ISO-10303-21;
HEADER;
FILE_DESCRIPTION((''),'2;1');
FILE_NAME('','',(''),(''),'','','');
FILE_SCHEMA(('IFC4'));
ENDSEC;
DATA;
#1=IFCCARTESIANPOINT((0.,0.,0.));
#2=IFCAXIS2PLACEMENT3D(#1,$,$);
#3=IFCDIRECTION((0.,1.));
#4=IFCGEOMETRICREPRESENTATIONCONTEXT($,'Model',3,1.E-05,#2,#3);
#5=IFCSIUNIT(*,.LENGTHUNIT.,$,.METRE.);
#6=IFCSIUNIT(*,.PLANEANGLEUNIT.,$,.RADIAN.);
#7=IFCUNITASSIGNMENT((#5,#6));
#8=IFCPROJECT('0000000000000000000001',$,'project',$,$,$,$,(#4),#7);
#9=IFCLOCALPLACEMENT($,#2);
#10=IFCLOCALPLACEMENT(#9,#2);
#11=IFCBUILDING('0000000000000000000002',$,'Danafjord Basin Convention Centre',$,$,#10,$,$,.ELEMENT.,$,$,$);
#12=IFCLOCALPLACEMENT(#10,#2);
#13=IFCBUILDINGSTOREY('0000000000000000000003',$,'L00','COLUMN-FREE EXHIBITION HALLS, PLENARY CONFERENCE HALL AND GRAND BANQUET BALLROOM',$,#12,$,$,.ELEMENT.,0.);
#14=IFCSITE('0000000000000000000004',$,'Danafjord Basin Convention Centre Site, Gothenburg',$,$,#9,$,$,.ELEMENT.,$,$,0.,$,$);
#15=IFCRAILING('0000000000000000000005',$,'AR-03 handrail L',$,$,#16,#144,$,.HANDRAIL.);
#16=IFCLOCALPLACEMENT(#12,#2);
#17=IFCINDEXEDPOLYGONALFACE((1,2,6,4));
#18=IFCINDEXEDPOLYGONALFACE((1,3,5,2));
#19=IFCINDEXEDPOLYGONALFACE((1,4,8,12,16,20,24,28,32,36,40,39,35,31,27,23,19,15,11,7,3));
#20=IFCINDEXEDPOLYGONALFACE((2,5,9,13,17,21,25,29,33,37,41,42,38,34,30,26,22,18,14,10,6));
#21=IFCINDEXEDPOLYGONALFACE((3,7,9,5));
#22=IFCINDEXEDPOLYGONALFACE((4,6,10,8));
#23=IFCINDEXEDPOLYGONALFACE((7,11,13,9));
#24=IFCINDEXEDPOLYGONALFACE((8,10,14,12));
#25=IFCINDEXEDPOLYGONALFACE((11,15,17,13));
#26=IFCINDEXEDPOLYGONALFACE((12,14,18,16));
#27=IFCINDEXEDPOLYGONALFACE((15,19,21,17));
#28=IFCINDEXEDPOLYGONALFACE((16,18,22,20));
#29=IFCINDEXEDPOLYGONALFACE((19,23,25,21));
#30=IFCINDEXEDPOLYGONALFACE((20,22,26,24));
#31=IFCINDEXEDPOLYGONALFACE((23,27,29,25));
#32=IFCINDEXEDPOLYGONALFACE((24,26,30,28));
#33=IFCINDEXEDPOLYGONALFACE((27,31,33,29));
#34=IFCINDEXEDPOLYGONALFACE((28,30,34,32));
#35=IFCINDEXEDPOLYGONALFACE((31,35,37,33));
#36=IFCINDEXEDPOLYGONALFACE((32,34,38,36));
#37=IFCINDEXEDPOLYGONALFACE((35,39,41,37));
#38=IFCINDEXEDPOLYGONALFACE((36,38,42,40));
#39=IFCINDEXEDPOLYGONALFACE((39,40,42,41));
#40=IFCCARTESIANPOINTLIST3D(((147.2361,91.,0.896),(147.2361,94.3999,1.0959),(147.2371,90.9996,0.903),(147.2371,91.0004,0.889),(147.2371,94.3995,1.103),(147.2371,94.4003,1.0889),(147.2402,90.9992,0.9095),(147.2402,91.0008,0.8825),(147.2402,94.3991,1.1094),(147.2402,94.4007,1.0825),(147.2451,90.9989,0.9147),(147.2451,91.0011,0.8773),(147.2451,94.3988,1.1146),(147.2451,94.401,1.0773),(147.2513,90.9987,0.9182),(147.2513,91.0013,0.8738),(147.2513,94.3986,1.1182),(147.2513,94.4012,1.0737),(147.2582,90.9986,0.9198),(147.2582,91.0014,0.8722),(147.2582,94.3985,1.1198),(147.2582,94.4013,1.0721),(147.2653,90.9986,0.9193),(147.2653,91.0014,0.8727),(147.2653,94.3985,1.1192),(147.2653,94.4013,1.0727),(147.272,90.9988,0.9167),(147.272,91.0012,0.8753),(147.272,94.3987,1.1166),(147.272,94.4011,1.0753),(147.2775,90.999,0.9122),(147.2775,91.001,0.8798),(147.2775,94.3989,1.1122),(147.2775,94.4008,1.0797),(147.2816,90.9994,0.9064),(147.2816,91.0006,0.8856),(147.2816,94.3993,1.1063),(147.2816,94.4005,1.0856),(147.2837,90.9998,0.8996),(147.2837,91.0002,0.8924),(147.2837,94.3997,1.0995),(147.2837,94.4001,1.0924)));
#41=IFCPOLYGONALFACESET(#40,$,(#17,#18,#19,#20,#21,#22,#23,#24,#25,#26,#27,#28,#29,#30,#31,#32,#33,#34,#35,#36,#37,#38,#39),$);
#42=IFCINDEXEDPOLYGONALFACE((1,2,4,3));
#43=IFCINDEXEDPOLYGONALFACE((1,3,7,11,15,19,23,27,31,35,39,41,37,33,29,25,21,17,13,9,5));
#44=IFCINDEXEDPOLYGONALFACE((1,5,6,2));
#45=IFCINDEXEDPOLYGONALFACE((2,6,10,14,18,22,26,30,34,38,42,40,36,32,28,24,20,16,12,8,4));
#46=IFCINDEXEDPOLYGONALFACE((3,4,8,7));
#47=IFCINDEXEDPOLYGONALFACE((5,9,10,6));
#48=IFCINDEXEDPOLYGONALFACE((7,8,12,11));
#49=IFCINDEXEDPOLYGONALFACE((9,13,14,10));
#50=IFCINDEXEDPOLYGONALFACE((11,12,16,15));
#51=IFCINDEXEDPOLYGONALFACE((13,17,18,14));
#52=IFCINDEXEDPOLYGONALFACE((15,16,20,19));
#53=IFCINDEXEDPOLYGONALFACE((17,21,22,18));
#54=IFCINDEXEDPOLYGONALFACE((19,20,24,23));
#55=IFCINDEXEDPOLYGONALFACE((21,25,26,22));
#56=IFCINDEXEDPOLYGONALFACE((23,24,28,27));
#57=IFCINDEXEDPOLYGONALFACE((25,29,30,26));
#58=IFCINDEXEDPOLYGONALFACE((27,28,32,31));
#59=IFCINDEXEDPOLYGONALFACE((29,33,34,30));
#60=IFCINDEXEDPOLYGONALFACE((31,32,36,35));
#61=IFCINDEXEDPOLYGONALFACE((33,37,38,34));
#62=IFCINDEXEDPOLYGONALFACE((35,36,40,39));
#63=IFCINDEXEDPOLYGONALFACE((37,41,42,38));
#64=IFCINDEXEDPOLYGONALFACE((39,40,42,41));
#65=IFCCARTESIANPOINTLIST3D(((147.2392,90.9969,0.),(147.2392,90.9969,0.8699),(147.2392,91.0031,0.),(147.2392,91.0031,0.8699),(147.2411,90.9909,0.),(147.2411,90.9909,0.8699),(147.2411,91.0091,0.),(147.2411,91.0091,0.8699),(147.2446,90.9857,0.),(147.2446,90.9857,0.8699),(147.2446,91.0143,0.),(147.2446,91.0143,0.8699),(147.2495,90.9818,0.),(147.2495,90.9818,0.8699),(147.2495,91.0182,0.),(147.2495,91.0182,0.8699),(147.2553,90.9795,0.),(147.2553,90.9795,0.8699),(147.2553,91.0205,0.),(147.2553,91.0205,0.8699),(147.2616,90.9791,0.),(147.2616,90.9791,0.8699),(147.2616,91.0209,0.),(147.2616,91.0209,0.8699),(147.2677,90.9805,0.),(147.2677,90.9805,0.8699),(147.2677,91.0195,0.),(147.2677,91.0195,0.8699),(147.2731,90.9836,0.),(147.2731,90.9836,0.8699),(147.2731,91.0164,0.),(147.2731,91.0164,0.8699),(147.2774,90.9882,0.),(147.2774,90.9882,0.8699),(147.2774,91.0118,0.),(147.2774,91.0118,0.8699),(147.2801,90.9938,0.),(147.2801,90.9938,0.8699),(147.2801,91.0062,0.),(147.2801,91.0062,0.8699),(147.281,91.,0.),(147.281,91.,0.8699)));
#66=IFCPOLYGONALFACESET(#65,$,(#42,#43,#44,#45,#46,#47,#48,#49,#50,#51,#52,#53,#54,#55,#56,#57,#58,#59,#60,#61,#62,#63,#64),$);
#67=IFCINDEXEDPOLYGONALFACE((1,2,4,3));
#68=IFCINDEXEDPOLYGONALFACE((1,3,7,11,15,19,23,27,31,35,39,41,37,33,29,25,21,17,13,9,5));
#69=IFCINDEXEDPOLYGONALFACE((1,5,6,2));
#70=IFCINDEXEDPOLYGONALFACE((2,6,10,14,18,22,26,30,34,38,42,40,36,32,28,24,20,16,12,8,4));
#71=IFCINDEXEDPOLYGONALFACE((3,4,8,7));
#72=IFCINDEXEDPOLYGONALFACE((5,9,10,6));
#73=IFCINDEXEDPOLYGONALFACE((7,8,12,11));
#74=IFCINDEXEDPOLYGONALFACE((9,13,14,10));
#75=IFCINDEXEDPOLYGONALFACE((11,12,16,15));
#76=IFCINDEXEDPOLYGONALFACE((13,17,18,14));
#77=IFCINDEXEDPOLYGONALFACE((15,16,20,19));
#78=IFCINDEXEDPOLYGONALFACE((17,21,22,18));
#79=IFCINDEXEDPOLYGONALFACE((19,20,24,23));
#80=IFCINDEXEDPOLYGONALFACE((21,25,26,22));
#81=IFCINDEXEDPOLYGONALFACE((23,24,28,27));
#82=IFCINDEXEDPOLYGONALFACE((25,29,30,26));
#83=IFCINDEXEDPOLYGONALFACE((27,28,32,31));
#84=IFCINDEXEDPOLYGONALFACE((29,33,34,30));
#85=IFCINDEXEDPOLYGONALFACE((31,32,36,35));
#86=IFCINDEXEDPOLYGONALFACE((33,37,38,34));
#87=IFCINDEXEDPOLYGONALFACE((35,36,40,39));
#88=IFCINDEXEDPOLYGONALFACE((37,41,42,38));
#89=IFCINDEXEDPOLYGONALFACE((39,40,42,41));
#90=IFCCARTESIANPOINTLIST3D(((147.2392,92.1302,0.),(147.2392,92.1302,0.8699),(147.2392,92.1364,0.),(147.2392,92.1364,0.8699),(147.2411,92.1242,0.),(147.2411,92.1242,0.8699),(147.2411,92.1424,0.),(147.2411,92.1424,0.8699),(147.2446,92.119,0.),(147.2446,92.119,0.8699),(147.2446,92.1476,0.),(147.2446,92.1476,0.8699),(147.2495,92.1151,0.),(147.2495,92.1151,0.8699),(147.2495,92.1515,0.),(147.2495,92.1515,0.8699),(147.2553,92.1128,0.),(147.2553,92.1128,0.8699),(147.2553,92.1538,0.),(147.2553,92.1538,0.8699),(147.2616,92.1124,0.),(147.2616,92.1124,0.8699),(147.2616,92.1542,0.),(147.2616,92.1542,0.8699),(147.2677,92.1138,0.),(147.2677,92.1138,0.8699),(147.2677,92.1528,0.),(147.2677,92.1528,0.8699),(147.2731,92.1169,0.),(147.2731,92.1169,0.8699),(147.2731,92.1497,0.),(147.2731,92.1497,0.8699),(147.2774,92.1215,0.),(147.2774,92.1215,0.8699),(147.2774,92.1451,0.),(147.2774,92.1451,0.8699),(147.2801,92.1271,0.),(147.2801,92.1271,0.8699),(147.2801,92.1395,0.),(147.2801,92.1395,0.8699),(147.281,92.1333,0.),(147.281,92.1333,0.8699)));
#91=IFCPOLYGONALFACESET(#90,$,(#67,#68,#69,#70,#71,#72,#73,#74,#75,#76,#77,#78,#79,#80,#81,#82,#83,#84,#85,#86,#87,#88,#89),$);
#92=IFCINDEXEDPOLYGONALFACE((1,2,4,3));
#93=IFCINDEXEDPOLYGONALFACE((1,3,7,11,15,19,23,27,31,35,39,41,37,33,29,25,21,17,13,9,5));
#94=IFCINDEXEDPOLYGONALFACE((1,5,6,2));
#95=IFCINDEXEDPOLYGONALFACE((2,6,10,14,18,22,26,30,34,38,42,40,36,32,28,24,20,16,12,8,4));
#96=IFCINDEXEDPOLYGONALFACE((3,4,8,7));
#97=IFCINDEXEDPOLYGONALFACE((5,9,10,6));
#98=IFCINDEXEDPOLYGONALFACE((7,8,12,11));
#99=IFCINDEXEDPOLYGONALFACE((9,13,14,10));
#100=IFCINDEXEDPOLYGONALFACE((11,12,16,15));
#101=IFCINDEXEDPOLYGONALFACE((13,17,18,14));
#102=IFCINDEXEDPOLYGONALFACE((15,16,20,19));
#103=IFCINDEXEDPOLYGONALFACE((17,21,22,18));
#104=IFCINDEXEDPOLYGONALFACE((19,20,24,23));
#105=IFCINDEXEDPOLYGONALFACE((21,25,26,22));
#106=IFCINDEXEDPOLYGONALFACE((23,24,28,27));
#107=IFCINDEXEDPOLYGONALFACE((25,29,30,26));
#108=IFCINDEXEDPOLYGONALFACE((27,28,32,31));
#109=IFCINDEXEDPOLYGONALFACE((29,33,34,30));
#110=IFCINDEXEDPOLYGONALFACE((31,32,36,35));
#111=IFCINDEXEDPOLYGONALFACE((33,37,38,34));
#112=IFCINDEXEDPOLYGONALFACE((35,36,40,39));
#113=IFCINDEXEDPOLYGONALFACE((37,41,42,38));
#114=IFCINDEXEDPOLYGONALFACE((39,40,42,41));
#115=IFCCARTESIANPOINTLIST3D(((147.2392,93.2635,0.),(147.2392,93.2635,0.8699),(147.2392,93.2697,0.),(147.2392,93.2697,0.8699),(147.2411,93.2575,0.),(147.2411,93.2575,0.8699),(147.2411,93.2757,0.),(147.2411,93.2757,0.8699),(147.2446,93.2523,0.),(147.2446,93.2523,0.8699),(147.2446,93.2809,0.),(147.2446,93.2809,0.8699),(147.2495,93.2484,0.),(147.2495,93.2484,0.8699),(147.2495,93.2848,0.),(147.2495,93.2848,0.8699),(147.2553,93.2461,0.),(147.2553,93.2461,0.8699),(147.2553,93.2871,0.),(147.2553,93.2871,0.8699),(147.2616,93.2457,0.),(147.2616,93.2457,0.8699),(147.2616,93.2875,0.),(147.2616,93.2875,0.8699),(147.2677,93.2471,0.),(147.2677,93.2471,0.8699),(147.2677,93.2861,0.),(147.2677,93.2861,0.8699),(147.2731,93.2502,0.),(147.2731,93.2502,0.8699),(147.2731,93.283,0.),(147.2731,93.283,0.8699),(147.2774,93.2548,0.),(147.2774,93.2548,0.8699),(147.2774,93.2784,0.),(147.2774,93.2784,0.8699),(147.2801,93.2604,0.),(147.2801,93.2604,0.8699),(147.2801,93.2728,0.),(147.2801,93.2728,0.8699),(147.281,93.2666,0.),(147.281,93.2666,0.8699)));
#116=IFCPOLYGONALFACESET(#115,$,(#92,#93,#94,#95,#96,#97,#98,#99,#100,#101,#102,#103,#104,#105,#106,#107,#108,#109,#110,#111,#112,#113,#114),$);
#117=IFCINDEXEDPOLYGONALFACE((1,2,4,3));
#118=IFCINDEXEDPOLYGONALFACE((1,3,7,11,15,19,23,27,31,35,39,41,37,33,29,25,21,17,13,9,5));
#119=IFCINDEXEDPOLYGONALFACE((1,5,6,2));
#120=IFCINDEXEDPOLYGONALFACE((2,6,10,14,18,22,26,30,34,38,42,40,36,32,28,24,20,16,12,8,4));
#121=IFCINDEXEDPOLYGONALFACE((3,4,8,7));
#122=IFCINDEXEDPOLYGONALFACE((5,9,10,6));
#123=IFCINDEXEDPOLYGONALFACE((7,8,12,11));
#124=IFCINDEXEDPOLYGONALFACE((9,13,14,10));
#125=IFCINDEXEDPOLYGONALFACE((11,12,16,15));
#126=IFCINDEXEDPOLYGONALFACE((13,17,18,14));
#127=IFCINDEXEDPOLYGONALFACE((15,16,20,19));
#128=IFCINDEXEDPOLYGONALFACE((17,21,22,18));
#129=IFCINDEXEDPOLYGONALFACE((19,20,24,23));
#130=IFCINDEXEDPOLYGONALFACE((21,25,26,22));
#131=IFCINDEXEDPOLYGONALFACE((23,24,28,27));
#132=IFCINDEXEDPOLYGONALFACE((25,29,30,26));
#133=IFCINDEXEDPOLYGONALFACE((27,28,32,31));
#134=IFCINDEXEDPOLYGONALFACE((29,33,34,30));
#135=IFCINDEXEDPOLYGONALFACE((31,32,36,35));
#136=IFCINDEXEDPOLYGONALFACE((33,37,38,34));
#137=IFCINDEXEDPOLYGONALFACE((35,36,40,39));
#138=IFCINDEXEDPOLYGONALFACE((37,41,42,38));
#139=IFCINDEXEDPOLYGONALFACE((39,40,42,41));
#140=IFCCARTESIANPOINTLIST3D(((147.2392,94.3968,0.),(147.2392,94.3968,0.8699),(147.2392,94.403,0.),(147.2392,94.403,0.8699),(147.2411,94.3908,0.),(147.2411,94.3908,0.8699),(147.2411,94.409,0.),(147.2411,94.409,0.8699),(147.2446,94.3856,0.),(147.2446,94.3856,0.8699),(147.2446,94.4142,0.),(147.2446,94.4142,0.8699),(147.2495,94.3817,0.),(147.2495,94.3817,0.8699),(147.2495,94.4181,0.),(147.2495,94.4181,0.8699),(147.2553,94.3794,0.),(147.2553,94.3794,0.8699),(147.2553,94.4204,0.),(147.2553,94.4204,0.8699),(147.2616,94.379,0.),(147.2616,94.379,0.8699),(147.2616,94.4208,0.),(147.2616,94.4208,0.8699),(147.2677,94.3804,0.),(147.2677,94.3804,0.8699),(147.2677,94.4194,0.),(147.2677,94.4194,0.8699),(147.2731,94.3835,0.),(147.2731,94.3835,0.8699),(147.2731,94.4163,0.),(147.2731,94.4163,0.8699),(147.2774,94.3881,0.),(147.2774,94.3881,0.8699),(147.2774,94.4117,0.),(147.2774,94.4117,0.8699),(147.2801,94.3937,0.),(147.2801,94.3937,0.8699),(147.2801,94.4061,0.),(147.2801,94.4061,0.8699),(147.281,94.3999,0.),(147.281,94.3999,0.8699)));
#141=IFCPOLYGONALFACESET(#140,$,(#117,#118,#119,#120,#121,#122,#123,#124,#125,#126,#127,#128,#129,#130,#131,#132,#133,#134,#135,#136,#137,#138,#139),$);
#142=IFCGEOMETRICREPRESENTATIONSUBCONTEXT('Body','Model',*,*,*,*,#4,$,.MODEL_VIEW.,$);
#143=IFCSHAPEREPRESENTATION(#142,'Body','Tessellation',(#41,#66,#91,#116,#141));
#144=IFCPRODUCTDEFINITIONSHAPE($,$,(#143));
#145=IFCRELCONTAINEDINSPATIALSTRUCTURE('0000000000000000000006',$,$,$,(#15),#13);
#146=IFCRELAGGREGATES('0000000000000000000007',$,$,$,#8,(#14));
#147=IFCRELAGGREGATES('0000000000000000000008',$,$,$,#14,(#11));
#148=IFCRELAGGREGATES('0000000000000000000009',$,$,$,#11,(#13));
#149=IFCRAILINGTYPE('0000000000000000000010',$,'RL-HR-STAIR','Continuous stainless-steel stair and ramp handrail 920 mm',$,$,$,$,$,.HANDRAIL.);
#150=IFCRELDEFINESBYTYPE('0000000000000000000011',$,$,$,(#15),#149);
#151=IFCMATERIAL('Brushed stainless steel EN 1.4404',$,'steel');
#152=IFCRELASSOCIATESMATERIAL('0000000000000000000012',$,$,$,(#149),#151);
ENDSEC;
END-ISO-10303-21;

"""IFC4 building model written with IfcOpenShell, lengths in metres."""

from ifc_helpers import new_model, si_unit, direction, frame, origin, origin_2d, place, context, subcontext, project, spatial, circle, extrude, material, type_object, element, save


model = new_model("IFC4")

# Units and contexts
model_context = context("Model", 3, precision=1e-05, world=origin(), true_north=direction((0.0, 1.0)))
body_context = subcontext(model_context, "Body", "Model", "MODEL_VIEW")
ifc_project = project(units=[si_unit("LENGTHUNIT", "METRE"), si_unit("PLANEANGLEUNIT", "RADIAN")], contexts=[model_context])

# Site, building, storey
site_placement = place(None, origin())
site = spatial("IfcSite", under=ifc_project, at=site_placement, Name="Danafjord Basin Convention Centre Site, Gothenburg", CompositionType="ELEMENT", RefElevation=0.0)
building_placement = place(site_placement, origin())
building = spatial("IfcBuilding", under=site, at=building_placement, Name="Danafjord Basin Convention Centre", CompositionType="ELEMENT")
storey_placement = place(building_placement, origin())
storey = spatial("IfcBuildingStorey", under=building, at=storey_placement, Name="L00", Description="COLUMN-FREE EXHIBITION HALLS, PLENARY CONFERENCE HALL AND GRAND BANQUET BALLROOM", CompositionType="ELEMENT", Elevation=0.0)

# Railing
ifc_material_1 = material(Name="Brushed stainless steel EN 1.4404", Category="steel")
railing_type = type_object("IfcRailingType", Name="RL-HR-STAIR", Description="Continuous stainless-steel stair and ramp handrail 920 mm", PredefinedType="HANDRAIL", material=ifc_material_1)
for number, where, name in (
    (1, (147.26, 91.0, 0.0), "AR-03 handrail L"),
):
    element("IfcRailing", number, at=place(storey_placement, frame(where)), inside=storey, type_object=railing_type, Name=name, PredefinedType="HANDRAIL", context=body_context, shape_type="SweptSolid", body=[
        extrude(circle(Radius=0.0239, at=origin_2d()), frame((0.0, 0.0, 0.896), z_axis=(0.0, 0.998275, 0.058709), x_axis=(-1.0, 0.0, 0.0)), (0.0, 0.0, 1.0), 3.4058),
        extrude(circle(Radius=0.021, at=origin_2d()), origin(), (0.0, 0.0, 1.0), 0.8699),
        extrude(circle(Radius=0.021, at=origin_2d()), frame((0.0, 1.1333, 0.0)), (0.0, 0.0, 1.0), 0.8699),
        extrude(circle(Radius=0.021, at=origin_2d()), frame((0.0, 2.2666, 0.0)), (0.0, 0.0, 1.0), 0.8699),
        extrude(circle(Radius=0.021, at=origin_2d()), frame((0.0, 3.3999, 0.0)), (0.0, 0.0, 1.0), 0.8699),
    ])

save(model, "model.ifc")
